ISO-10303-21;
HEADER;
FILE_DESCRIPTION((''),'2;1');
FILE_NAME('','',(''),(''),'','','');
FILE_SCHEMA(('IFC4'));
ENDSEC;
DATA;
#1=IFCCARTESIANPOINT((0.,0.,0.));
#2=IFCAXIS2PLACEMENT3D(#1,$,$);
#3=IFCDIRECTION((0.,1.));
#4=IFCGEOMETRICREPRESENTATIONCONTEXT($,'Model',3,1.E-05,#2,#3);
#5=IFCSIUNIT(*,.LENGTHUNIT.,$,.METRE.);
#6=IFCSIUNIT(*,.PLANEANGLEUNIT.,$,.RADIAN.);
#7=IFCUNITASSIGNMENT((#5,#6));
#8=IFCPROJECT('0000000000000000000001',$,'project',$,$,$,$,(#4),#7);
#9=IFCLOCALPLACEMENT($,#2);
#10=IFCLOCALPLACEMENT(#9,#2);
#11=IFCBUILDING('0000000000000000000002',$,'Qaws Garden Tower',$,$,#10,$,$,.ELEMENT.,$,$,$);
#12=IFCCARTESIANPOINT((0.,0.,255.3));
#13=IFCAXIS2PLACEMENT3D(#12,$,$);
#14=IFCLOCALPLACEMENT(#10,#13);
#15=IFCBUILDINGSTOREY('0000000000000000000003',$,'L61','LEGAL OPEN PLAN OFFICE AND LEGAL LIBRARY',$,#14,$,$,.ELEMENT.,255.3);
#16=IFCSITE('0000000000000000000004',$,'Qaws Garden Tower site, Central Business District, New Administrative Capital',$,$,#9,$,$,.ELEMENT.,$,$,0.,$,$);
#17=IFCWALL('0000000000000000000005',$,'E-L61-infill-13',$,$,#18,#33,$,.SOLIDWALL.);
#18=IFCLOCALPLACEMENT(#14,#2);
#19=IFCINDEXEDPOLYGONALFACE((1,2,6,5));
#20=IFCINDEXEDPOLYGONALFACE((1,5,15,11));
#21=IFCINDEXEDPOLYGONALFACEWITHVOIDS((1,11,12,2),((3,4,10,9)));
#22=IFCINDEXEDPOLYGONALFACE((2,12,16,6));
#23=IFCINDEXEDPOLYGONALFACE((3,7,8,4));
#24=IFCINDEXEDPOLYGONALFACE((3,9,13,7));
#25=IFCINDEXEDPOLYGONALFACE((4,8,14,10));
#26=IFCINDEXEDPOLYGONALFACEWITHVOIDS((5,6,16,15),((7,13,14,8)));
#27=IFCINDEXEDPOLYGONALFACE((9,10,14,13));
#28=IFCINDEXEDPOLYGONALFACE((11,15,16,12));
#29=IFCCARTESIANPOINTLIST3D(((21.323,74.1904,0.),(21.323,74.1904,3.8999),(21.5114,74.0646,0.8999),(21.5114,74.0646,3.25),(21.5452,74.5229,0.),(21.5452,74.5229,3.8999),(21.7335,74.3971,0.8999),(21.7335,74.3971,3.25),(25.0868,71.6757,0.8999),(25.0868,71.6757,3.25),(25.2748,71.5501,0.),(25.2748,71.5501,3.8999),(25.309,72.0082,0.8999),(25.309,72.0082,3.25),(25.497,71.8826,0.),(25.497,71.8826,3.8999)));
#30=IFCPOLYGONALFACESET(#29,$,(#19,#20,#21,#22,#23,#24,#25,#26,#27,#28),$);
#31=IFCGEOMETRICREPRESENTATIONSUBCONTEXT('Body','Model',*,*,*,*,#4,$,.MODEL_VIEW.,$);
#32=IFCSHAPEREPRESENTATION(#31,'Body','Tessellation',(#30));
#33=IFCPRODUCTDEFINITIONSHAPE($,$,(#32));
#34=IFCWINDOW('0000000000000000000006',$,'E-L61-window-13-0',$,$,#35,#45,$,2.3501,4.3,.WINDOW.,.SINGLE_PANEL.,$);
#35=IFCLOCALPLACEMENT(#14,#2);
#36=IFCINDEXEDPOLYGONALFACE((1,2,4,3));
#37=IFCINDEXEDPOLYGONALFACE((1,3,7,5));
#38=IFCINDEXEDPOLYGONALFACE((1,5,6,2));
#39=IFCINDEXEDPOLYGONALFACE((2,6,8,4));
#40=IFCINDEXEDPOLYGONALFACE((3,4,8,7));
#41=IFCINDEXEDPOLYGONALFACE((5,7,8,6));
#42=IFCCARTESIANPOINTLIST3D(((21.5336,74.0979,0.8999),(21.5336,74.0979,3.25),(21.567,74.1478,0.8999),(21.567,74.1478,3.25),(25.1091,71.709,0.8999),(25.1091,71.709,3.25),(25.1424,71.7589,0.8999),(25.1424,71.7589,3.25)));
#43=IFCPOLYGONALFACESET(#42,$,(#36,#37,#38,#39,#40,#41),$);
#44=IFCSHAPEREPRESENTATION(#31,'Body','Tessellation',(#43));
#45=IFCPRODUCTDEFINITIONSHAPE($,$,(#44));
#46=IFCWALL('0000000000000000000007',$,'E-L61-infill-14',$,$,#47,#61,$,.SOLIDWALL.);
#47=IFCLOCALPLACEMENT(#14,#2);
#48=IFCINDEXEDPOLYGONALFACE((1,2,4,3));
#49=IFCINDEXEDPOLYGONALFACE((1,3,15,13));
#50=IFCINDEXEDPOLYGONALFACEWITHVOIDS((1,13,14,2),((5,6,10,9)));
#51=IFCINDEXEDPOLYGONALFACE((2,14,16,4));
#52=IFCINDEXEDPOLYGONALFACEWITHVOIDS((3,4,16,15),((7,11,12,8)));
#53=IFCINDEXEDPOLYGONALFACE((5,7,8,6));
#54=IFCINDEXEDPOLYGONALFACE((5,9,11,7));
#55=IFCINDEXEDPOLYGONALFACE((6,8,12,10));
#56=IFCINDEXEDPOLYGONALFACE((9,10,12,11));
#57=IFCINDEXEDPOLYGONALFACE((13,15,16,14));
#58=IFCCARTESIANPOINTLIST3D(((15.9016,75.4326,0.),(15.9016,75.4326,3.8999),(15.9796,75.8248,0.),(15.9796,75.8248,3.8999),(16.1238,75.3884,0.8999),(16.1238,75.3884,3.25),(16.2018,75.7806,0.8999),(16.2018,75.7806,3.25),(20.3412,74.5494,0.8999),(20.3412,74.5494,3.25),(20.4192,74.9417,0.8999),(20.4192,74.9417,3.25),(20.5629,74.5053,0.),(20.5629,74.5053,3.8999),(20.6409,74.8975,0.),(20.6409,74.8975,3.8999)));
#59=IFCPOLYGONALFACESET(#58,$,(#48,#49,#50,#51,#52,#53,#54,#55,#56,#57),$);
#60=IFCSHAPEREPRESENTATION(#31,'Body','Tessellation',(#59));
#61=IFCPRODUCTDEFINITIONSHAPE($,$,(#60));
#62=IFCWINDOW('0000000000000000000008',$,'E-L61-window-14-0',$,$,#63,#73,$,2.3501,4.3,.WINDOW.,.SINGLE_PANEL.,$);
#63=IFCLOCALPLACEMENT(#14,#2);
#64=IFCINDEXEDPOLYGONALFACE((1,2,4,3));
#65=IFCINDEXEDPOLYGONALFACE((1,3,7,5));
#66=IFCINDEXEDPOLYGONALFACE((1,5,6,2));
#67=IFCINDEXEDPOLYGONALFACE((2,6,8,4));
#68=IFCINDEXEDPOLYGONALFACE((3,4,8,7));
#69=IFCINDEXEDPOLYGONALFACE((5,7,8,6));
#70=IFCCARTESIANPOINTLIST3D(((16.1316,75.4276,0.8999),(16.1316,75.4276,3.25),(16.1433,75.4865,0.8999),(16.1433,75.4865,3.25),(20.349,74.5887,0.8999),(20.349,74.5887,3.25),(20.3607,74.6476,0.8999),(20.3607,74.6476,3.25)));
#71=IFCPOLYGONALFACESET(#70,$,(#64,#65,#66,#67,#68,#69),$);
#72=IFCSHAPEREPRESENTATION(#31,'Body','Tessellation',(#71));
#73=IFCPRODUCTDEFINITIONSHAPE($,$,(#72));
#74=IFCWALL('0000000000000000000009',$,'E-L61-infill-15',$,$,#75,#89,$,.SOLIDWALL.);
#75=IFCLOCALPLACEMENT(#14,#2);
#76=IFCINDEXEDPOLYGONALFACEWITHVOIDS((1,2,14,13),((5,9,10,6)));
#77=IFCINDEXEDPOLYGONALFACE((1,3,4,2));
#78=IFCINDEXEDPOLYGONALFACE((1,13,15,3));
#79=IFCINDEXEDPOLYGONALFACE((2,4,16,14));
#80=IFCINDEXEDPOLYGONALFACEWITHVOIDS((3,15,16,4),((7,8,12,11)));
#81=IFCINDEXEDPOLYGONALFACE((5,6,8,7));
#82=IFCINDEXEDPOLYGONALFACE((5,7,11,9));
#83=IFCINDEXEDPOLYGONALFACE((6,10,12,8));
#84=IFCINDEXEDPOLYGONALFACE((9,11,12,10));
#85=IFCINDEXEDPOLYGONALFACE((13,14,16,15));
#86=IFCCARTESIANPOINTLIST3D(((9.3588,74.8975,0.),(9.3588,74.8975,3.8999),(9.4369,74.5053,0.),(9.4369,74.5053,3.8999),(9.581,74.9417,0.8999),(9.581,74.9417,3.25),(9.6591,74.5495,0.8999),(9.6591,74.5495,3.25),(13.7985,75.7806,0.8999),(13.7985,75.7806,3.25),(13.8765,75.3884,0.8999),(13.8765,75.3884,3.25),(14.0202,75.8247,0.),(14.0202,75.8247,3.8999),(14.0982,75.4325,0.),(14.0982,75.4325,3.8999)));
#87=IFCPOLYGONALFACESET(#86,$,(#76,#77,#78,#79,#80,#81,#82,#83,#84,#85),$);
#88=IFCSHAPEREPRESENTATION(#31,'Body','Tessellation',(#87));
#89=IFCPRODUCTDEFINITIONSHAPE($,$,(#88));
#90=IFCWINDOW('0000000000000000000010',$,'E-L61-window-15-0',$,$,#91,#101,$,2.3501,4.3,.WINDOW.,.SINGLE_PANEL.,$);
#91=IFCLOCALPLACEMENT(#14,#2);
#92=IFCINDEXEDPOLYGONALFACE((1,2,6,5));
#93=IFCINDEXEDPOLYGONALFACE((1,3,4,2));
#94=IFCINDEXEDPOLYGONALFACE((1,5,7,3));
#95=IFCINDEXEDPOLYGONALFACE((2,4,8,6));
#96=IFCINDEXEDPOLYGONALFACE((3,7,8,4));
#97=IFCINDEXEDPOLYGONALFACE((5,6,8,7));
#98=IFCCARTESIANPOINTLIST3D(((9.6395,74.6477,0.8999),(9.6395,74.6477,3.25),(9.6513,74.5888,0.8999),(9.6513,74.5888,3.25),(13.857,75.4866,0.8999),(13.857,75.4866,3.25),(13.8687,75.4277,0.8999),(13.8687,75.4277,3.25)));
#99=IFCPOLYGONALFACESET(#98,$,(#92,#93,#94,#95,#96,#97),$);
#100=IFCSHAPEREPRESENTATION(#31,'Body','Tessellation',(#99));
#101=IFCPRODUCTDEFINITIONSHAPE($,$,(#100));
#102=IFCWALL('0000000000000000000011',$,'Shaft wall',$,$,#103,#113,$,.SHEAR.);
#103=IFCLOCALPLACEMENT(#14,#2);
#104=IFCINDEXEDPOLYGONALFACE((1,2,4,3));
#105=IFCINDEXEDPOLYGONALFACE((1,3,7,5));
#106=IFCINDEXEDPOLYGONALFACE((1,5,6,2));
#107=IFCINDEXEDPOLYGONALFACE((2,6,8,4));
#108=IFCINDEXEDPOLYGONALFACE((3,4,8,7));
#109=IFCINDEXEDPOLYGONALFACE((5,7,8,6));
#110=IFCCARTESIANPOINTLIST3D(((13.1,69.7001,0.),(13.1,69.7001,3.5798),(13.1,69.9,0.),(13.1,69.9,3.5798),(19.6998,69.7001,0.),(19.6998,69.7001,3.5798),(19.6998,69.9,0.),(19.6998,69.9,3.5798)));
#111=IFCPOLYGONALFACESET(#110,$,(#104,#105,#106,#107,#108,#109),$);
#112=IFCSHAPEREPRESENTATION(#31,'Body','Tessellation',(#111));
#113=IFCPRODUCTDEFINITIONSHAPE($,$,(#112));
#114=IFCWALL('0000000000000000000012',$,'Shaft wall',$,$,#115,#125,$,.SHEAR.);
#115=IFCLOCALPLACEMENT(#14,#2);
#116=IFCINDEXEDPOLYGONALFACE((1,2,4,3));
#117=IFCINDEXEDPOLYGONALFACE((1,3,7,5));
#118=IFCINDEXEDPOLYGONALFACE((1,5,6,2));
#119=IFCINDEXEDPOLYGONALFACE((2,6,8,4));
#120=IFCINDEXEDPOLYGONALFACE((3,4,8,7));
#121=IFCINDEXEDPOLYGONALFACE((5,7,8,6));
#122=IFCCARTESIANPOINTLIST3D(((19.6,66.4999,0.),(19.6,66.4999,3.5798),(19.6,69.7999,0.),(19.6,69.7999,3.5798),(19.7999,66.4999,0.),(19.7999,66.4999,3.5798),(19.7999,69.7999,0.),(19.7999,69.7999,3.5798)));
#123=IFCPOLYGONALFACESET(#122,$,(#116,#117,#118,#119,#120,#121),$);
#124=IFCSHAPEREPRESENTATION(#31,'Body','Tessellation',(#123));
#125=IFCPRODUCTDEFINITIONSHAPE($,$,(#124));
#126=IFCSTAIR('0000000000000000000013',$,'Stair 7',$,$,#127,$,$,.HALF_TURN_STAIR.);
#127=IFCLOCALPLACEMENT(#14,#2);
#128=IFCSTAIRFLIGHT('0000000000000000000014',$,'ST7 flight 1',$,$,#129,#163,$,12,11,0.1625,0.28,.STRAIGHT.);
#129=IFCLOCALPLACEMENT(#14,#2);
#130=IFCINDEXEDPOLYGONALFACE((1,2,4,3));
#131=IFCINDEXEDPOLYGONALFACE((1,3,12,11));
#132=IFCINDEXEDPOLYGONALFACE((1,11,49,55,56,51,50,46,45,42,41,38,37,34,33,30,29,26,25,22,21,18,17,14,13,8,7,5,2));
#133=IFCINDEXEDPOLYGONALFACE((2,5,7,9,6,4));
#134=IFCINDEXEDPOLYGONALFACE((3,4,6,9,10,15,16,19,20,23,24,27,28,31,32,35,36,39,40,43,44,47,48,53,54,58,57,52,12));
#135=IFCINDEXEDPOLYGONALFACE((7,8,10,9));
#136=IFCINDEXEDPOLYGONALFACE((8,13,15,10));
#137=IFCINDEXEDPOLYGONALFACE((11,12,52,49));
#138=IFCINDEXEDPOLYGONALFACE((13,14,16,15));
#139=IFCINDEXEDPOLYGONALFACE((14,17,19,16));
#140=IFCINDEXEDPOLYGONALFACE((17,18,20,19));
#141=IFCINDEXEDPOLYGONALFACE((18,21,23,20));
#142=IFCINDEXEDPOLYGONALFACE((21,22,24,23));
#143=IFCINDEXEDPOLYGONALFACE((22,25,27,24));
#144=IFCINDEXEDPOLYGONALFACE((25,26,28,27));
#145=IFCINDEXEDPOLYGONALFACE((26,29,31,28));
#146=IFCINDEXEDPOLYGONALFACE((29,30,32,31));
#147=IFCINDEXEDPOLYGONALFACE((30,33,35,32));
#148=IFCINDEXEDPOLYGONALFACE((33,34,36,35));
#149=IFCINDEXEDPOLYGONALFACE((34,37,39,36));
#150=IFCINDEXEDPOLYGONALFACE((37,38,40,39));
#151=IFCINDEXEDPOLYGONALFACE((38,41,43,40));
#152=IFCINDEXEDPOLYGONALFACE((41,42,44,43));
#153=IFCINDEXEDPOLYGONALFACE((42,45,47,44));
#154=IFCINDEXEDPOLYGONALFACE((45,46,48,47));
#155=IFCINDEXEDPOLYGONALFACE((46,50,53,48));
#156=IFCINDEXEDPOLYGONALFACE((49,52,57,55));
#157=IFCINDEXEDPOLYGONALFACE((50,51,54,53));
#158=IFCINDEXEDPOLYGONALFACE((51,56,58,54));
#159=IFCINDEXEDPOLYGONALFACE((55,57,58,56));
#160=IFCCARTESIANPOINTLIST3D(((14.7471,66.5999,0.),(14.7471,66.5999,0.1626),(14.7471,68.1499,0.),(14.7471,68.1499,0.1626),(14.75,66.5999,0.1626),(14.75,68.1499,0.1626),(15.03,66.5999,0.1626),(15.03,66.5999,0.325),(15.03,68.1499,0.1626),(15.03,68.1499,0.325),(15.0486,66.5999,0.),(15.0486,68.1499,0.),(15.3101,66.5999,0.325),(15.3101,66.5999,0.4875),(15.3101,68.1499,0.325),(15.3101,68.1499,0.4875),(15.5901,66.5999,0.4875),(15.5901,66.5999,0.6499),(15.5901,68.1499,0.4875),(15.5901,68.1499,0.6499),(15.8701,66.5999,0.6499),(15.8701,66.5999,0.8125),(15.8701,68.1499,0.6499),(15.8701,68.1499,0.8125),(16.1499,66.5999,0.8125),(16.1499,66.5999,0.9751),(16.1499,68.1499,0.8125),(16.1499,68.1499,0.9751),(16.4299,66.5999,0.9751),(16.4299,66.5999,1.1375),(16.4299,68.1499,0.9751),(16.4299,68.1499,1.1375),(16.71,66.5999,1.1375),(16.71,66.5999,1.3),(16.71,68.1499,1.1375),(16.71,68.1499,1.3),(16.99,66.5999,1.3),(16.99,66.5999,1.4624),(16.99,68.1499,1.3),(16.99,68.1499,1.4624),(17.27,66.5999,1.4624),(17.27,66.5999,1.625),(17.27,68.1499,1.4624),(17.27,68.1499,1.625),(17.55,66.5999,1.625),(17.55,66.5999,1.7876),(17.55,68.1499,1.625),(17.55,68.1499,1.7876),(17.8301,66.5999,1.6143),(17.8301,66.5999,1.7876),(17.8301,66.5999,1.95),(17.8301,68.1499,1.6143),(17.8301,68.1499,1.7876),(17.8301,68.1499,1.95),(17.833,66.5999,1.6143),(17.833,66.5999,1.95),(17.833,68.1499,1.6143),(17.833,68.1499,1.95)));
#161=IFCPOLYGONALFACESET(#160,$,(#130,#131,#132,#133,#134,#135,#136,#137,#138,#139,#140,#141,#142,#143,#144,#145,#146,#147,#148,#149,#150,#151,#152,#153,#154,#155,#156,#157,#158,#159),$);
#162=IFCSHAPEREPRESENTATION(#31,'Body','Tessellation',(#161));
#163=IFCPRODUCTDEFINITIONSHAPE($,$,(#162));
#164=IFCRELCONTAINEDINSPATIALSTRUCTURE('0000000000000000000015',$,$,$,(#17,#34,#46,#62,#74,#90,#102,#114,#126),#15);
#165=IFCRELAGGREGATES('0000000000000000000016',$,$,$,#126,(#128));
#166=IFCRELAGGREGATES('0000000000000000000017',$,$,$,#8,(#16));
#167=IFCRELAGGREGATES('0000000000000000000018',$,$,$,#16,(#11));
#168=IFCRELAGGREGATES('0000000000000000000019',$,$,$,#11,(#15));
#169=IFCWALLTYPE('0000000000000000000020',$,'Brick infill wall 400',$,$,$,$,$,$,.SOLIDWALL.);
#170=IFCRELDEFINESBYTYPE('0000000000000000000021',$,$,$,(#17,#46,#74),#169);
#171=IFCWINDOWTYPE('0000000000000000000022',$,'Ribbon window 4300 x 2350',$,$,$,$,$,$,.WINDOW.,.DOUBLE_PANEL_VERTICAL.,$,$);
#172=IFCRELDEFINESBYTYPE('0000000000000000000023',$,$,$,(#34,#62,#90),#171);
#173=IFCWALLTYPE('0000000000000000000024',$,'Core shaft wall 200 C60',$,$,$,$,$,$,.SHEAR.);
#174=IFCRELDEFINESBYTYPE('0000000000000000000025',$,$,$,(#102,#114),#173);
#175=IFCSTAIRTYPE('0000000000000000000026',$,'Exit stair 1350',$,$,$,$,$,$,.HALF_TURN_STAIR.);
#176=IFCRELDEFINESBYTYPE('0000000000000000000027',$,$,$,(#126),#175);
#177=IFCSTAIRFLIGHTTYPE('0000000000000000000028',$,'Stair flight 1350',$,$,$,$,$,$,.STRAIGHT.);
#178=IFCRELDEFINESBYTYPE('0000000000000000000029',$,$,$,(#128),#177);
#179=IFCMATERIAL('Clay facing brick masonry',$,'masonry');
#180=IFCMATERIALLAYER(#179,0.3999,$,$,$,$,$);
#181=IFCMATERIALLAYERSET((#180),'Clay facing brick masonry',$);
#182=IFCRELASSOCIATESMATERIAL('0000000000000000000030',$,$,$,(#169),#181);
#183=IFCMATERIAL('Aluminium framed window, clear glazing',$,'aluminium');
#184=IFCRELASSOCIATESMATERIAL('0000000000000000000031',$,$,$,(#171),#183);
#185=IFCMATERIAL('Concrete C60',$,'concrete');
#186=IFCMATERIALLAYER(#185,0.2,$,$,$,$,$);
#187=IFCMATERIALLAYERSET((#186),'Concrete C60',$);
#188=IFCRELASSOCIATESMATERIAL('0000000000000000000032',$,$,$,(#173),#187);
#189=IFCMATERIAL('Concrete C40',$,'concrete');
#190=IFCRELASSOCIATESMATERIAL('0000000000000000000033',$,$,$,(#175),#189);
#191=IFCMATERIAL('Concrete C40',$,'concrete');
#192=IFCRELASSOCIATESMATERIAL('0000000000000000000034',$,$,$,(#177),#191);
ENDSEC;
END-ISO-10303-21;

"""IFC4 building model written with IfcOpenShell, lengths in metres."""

from ifc_helpers import new_model, si_unit, direction, frame, frame_2d, origin, place, context, subcontext, project, spatial, polyline, rectangle, outline, extrude, material, layer, layer_set, type_object, element, fill, aggregate, save


model = new_model("IFC4")

# Units and contexts
model_context = context("Model", 3, precision=1e-05, world=origin(), true_north=direction((0.0, 1.0)))
body_context = subcontext(model_context, "Body", "Model", "MODEL_VIEW")
ifc_project = project(units=[si_unit("LENGTHUNIT", "METRE"), si_unit("PLANEANGLEUNIT", "RADIAN")], contexts=[model_context])

# Site, building, storey
site_placement = place(None, origin())
site = spatial("IfcSite", under=ifc_project, at=site_placement, Name="Qaws Garden Tower site, Central Business District, New Administrative Capital", CompositionType="ELEMENT", RefElevation=0.0)
building_placement = place(site_placement, origin())
building = spatial("IfcBuilding", under=site, at=building_placement, Name="Qaws Garden Tower", CompositionType="ELEMENT")
storey_placement = place(building_placement, frame((0.0, 0.0, 255.3)))
storey = spatial("IfcBuildingStorey", under=building, at=storey_placement, Name="L61", Description="LEGAL OPEN PLAN OFFICE AND LEGAL LIBRARY", CompositionType="ELEMENT", Elevation=255.3)

# Walls, openings, windows
ifc_material_1 = material(Name="Clay facing brick masonry", Category="masonry")
ifc_layer_1 = layer(ifc_material_1, 0.3999)
ifc_layer_set_1 = layer_set([ifc_layer_1], Name="Clay facing brick masonry")
wall_type_1 = type_object("IfcWallType", Name="Brick infill wall 400", PredefinedType="SOLIDWALL", material=ifc_layer_set_1)
ifc_material_2 = material(Name="Aluminium framed window, clear glazing", Category="aluminium")
window_type = type_object("IfcWindowType", Name="Ribbon window 4300 x 2350", PartitioningType="DOUBLE_PANEL_VERTICAL", PredefinedType="WINDOW", material=ifc_material_2)
wall_1_placement = place(storey_placement, frame((25.386, 71.7163, 0.0), z_axis=(0.0, 0.0, 1.0), x_axis=(-0.831489, 0.555542, 0.0)))
wall_1 = element("IfcWall", 1, at=wall_1_placement, inside=storey, type_object=wall_type_1, Name="E-L61-infill-13", PredefinedType="SOLIDWALL", context=body_context, shape_type="SweptSolid", body=[
    extrude(rectangle(XDim=4.7527, YDim=0.3999, at=frame_2d((2.3765, 0.0))), origin(), (0.0, 0.0, 1.0), 3.8999),
])
opening_1_placement = place(wall_1_placement, frame((0.2263, 0.0, 0.8999)))
opening_1 = element("IfcOpeningElement", 2, at=opening_1_placement, cuts=wall_1, PredefinedType="OPENING", context=body_context, shape_type="SweptSolid", body=[
    extrude(rectangle(XDim=4.3, YDim=2.3501, at=frame_2d((2.1499, 1.175))), frame((0.0, 0.21, 0.0), z_axis=(0.0, -1.0, 0.0), x_axis=(1.0, 0.0, 0.0)), (0.0, 0.0, 1.0), 0.4199),
])
window_1_placement = place(opening_1_placement, origin())
window_1 = element("IfcWindow", 3, at=window_1_placement, inside=storey, type_object=window_type, Name="E-L61-window-13-0", OverallHeight=2.3501, OverallWidth=4.3, PartitioningType="SINGLE_PANEL", PredefinedType="WINDOW", context=body_context, shape_type="SweptSolid", body=[
    extrude(rectangle(XDim=4.3, YDim=2.3501, at=frame_2d((2.1499, 1.175))), frame((0.0, 0.1599, 0.0), z_axis=(0.0, -1.0, 0.0), x_axis=(1.0, 0.0, 0.0)), (0.0, 0.0, 1.0), 0.0601),
])
fill(opening_1, window_1)
wall_2_placement = place(storey_placement, frame((20.6021, 74.7014, 0.0), z_axis=(0.0, 0.0, 1.0), x_axis=(-0.980784, 0.195099, 0.0)))
wall_2 = element("IfcWall", 4, at=wall_2_placement, inside=storey, type_object=wall_type_1, Name="E-L61-infill-14", PredefinedType="SOLIDWALL", context=body_context, shape_type="SweptSolid", body=[
    extrude(rectangle(XDim=4.7527, YDim=0.3999, at=frame_2d((2.3765, 0.0))), origin(), (0.0, 0.0, 1.0), 3.8999),
])
opening_2_placement = place(wall_2_placement, frame((0.2263, 0.0, 0.8999)))
opening_2 = element("IfcOpeningElement", 5, at=opening_2_placement, cuts=wall_2, PredefinedType="OPENING", context=body_context, shape_type="SweptSolid", body=[
    extrude(rectangle(XDim=4.3, YDim=2.3501, at=frame_2d((2.1499, 1.175))), frame((0.0, 0.21, 0.0), z_axis=(0.0, -1.0, 0.0), x_axis=(1.0, 0.0, 0.0)), (0.0, 0.0, 1.0), 0.4199),
])
window_2_placement = place(opening_2_placement, origin())
window_2 = element("IfcWindow", 6, at=window_2_placement, inside=storey, type_object=window_type, Name="E-L61-window-14-0", OverallHeight=2.3501, OverallWidth=4.3, PartitioningType="SINGLE_PANEL", PredefinedType="WINDOW", context=body_context, shape_type="SweptSolid", body=[
    extrude(rectangle(XDim=4.3, YDim=2.3501, at=frame_2d((2.1499, 1.175))), frame((0.0, 0.1599, 0.0), z_axis=(0.0, -1.0, 0.0), x_axis=(1.0, 0.0, 0.0)), (0.0, 0.0, 1.0), 0.0601),
])
fill(opening_2, window_2)
wall_3_placement = place(storey_placement, frame((14.0593, 75.6287, 0.0), z_axis=(0.0, 0.0, 1.0), x_axis=(-0.980784, -0.195099, 0.0)))
wall_3 = element("IfcWall", 7, at=wall_3_placement, inside=storey, type_object=wall_type_1, Name="E-L61-infill-15", PredefinedType="SOLIDWALL", context=body_context, shape_type="SweptSolid", body=[
    extrude(rectangle(XDim=4.7527, YDim=0.3999, at=frame_2d((2.3765, 0.0))), origin(), (0.0, 0.0, 1.0), 3.8999),
])
opening_3_placement = place(wall_3_placement, frame((0.2263, 0.0, 0.8999)))
opening_3 = element("IfcOpeningElement", 8, at=opening_3_placement, cuts=wall_3, PredefinedType="OPENING", context=body_context, shape_type="SweptSolid", body=[
    extrude(rectangle(XDim=4.3, YDim=2.3501, at=frame_2d((2.1499, 1.175))), frame((0.0, 0.21, 0.0), z_axis=(0.0, -1.0, 0.0), x_axis=(1.0, 0.0, 0.0)), (0.0, 0.0, 1.0), 0.4199),
])
window_3_placement = place(opening_3_placement, origin())
window_3 = element("IfcWindow", 9, at=window_3_placement, inside=storey, type_object=window_type, Name="E-L61-window-15-0", OverallHeight=2.3501, OverallWidth=4.3, PartitioningType="SINGLE_PANEL", PredefinedType="WINDOW", context=body_context, shape_type="SweptSolid", body=[
    extrude(rectangle(XDim=4.3, YDim=2.3501, at=frame_2d((2.1499, 1.175))), frame((0.0, 0.1599, 0.0), z_axis=(0.0, -1.0, 0.0), x_axis=(1.0, 0.0, 0.0)), (0.0, 0.0, 1.0), 0.0601),
])
fill(opening_3, window_3)

# Walls
ifc_material_3 = material(Name="Concrete C60", Category="concrete")
ifc_layer_2 = layer(ifc_material_3, 0.2)
ifc_layer_set_2 = layer_set([ifc_layer_2], Name="Concrete C60")
wall_type_2 = type_object("IfcWallType", Name="Core shaft wall 200 C60", PredefinedType="SHEAR", material=ifc_layer_set_2)
wall_4_placement = place(storey_placement, frame((13.1001, 69.8, 0.0), z_axis=(0.0, 0.0, 1.0), x_axis=(1.0, 0.0, 0.0)))
element("IfcWall", 10, at=wall_4_placement, inside=storey, type_object=wall_type_2, Name="Shaft wall", PredefinedType="SHEAR", context=body_context, shape_type="SweptSolid", body=[
    extrude(rectangle(XDim=6.5999, YDim=0.2, at=frame_2d((3.2998, 0.0))), origin(), (0.0, 0.0, 1.0), 3.5798),
])
wall_5_placement = place(storey_placement, frame((19.7, 66.5, 0.0), z_axis=(0.0, 0.0, 1.0), x_axis=(0.0, 1.0, 0.0)))
element("IfcWall", 11, at=wall_5_placement, inside=storey, type_object=wall_type_2, Name="Shaft wall", PredefinedType="SHEAR", context=body_context, shape_type="SweptSolid", body=[
    extrude(rectangle(XDim=3.3, YDim=0.2, at=frame_2d((1.6499, 0.0))), origin(), (0.0, 0.0, 1.0), 3.5798),
])

# Stair, stair flight
ifc_material_4 = material(Name="Concrete C40", Category="concrete")
stair_type = type_object("IfcStairType", Name="Exit stair 1350", PredefinedType="HALF_TURN_STAIR", material=ifc_material_4)
stair_placement = place(storey_placement, origin())
stair = element("IfcStair", 12, at=stair_placement, inside=storey, type_object=stair_type, Name="Stair 7", PredefinedType="HALF_TURN_STAIR")
ifc_material_5 = material(Name="Concrete C40", Category="concrete")
stair_flight_type = type_object("IfcStairFlightType", Name="Stair flight 1350", PredefinedType="STRAIGHT", material=ifc_material_5)
stair_flight_1_placement = place(storey_placement, frame((14.75, 67.375, 0.0), z_axis=(0.0, 0.0, 1.0), x_axis=(1.0, 0.0, 0.0)))
stair_flight_1 = element("IfcStairFlight", 13, at=stair_flight_1_placement, type_object=stair_flight_type, Name="ST7 flight 1", NumberOfRisers=12, NumberOfTreads=11, PredefinedType="STRAIGHT", RiserHeight=0.1625, TreadLength=0.28, context=body_context, shape_type="SweptSolid", body=[
    extrude(outline(polyline([(-0.0029, 0.0), (-0.0029, 0.1626), (0.0, 0.1626), (0.28, 0.1626), (0.28, 0.325), (0.5601, 0.325), (0.5601, 0.4875), (0.8401, 0.4875), (0.8401, 0.6499), (1.1201, 0.6499), (1.1201, 0.8125), (1.3999, 0.8125), (1.3999, 0.9751), (1.6799, 0.9751), (1.6799, 1.1375), (1.96, 1.1375), (1.96, 1.3), (2.24, 1.3), (2.24, 1.4624), (2.52, 1.4624), (2.52, 1.625), (2.8, 1.625), (2.8, 1.7876), (3.0801, 1.7876), (3.0801, 1.95), (3.083, 1.95), (3.083, 1.6143), (3.0801, 1.6143), (0.2986, 0.0), (-0.0029, 0.0)])), frame((0.0, 0.7749, 0.0), z_axis=(0.0, -1.0, 0.0), x_axis=(1.0, 0.0, 0.0)), (0.0, 0.0, 1.0), 1.55),
])
aggregate(stair, [stair_flight_1])

save(model, "model.ifc")
